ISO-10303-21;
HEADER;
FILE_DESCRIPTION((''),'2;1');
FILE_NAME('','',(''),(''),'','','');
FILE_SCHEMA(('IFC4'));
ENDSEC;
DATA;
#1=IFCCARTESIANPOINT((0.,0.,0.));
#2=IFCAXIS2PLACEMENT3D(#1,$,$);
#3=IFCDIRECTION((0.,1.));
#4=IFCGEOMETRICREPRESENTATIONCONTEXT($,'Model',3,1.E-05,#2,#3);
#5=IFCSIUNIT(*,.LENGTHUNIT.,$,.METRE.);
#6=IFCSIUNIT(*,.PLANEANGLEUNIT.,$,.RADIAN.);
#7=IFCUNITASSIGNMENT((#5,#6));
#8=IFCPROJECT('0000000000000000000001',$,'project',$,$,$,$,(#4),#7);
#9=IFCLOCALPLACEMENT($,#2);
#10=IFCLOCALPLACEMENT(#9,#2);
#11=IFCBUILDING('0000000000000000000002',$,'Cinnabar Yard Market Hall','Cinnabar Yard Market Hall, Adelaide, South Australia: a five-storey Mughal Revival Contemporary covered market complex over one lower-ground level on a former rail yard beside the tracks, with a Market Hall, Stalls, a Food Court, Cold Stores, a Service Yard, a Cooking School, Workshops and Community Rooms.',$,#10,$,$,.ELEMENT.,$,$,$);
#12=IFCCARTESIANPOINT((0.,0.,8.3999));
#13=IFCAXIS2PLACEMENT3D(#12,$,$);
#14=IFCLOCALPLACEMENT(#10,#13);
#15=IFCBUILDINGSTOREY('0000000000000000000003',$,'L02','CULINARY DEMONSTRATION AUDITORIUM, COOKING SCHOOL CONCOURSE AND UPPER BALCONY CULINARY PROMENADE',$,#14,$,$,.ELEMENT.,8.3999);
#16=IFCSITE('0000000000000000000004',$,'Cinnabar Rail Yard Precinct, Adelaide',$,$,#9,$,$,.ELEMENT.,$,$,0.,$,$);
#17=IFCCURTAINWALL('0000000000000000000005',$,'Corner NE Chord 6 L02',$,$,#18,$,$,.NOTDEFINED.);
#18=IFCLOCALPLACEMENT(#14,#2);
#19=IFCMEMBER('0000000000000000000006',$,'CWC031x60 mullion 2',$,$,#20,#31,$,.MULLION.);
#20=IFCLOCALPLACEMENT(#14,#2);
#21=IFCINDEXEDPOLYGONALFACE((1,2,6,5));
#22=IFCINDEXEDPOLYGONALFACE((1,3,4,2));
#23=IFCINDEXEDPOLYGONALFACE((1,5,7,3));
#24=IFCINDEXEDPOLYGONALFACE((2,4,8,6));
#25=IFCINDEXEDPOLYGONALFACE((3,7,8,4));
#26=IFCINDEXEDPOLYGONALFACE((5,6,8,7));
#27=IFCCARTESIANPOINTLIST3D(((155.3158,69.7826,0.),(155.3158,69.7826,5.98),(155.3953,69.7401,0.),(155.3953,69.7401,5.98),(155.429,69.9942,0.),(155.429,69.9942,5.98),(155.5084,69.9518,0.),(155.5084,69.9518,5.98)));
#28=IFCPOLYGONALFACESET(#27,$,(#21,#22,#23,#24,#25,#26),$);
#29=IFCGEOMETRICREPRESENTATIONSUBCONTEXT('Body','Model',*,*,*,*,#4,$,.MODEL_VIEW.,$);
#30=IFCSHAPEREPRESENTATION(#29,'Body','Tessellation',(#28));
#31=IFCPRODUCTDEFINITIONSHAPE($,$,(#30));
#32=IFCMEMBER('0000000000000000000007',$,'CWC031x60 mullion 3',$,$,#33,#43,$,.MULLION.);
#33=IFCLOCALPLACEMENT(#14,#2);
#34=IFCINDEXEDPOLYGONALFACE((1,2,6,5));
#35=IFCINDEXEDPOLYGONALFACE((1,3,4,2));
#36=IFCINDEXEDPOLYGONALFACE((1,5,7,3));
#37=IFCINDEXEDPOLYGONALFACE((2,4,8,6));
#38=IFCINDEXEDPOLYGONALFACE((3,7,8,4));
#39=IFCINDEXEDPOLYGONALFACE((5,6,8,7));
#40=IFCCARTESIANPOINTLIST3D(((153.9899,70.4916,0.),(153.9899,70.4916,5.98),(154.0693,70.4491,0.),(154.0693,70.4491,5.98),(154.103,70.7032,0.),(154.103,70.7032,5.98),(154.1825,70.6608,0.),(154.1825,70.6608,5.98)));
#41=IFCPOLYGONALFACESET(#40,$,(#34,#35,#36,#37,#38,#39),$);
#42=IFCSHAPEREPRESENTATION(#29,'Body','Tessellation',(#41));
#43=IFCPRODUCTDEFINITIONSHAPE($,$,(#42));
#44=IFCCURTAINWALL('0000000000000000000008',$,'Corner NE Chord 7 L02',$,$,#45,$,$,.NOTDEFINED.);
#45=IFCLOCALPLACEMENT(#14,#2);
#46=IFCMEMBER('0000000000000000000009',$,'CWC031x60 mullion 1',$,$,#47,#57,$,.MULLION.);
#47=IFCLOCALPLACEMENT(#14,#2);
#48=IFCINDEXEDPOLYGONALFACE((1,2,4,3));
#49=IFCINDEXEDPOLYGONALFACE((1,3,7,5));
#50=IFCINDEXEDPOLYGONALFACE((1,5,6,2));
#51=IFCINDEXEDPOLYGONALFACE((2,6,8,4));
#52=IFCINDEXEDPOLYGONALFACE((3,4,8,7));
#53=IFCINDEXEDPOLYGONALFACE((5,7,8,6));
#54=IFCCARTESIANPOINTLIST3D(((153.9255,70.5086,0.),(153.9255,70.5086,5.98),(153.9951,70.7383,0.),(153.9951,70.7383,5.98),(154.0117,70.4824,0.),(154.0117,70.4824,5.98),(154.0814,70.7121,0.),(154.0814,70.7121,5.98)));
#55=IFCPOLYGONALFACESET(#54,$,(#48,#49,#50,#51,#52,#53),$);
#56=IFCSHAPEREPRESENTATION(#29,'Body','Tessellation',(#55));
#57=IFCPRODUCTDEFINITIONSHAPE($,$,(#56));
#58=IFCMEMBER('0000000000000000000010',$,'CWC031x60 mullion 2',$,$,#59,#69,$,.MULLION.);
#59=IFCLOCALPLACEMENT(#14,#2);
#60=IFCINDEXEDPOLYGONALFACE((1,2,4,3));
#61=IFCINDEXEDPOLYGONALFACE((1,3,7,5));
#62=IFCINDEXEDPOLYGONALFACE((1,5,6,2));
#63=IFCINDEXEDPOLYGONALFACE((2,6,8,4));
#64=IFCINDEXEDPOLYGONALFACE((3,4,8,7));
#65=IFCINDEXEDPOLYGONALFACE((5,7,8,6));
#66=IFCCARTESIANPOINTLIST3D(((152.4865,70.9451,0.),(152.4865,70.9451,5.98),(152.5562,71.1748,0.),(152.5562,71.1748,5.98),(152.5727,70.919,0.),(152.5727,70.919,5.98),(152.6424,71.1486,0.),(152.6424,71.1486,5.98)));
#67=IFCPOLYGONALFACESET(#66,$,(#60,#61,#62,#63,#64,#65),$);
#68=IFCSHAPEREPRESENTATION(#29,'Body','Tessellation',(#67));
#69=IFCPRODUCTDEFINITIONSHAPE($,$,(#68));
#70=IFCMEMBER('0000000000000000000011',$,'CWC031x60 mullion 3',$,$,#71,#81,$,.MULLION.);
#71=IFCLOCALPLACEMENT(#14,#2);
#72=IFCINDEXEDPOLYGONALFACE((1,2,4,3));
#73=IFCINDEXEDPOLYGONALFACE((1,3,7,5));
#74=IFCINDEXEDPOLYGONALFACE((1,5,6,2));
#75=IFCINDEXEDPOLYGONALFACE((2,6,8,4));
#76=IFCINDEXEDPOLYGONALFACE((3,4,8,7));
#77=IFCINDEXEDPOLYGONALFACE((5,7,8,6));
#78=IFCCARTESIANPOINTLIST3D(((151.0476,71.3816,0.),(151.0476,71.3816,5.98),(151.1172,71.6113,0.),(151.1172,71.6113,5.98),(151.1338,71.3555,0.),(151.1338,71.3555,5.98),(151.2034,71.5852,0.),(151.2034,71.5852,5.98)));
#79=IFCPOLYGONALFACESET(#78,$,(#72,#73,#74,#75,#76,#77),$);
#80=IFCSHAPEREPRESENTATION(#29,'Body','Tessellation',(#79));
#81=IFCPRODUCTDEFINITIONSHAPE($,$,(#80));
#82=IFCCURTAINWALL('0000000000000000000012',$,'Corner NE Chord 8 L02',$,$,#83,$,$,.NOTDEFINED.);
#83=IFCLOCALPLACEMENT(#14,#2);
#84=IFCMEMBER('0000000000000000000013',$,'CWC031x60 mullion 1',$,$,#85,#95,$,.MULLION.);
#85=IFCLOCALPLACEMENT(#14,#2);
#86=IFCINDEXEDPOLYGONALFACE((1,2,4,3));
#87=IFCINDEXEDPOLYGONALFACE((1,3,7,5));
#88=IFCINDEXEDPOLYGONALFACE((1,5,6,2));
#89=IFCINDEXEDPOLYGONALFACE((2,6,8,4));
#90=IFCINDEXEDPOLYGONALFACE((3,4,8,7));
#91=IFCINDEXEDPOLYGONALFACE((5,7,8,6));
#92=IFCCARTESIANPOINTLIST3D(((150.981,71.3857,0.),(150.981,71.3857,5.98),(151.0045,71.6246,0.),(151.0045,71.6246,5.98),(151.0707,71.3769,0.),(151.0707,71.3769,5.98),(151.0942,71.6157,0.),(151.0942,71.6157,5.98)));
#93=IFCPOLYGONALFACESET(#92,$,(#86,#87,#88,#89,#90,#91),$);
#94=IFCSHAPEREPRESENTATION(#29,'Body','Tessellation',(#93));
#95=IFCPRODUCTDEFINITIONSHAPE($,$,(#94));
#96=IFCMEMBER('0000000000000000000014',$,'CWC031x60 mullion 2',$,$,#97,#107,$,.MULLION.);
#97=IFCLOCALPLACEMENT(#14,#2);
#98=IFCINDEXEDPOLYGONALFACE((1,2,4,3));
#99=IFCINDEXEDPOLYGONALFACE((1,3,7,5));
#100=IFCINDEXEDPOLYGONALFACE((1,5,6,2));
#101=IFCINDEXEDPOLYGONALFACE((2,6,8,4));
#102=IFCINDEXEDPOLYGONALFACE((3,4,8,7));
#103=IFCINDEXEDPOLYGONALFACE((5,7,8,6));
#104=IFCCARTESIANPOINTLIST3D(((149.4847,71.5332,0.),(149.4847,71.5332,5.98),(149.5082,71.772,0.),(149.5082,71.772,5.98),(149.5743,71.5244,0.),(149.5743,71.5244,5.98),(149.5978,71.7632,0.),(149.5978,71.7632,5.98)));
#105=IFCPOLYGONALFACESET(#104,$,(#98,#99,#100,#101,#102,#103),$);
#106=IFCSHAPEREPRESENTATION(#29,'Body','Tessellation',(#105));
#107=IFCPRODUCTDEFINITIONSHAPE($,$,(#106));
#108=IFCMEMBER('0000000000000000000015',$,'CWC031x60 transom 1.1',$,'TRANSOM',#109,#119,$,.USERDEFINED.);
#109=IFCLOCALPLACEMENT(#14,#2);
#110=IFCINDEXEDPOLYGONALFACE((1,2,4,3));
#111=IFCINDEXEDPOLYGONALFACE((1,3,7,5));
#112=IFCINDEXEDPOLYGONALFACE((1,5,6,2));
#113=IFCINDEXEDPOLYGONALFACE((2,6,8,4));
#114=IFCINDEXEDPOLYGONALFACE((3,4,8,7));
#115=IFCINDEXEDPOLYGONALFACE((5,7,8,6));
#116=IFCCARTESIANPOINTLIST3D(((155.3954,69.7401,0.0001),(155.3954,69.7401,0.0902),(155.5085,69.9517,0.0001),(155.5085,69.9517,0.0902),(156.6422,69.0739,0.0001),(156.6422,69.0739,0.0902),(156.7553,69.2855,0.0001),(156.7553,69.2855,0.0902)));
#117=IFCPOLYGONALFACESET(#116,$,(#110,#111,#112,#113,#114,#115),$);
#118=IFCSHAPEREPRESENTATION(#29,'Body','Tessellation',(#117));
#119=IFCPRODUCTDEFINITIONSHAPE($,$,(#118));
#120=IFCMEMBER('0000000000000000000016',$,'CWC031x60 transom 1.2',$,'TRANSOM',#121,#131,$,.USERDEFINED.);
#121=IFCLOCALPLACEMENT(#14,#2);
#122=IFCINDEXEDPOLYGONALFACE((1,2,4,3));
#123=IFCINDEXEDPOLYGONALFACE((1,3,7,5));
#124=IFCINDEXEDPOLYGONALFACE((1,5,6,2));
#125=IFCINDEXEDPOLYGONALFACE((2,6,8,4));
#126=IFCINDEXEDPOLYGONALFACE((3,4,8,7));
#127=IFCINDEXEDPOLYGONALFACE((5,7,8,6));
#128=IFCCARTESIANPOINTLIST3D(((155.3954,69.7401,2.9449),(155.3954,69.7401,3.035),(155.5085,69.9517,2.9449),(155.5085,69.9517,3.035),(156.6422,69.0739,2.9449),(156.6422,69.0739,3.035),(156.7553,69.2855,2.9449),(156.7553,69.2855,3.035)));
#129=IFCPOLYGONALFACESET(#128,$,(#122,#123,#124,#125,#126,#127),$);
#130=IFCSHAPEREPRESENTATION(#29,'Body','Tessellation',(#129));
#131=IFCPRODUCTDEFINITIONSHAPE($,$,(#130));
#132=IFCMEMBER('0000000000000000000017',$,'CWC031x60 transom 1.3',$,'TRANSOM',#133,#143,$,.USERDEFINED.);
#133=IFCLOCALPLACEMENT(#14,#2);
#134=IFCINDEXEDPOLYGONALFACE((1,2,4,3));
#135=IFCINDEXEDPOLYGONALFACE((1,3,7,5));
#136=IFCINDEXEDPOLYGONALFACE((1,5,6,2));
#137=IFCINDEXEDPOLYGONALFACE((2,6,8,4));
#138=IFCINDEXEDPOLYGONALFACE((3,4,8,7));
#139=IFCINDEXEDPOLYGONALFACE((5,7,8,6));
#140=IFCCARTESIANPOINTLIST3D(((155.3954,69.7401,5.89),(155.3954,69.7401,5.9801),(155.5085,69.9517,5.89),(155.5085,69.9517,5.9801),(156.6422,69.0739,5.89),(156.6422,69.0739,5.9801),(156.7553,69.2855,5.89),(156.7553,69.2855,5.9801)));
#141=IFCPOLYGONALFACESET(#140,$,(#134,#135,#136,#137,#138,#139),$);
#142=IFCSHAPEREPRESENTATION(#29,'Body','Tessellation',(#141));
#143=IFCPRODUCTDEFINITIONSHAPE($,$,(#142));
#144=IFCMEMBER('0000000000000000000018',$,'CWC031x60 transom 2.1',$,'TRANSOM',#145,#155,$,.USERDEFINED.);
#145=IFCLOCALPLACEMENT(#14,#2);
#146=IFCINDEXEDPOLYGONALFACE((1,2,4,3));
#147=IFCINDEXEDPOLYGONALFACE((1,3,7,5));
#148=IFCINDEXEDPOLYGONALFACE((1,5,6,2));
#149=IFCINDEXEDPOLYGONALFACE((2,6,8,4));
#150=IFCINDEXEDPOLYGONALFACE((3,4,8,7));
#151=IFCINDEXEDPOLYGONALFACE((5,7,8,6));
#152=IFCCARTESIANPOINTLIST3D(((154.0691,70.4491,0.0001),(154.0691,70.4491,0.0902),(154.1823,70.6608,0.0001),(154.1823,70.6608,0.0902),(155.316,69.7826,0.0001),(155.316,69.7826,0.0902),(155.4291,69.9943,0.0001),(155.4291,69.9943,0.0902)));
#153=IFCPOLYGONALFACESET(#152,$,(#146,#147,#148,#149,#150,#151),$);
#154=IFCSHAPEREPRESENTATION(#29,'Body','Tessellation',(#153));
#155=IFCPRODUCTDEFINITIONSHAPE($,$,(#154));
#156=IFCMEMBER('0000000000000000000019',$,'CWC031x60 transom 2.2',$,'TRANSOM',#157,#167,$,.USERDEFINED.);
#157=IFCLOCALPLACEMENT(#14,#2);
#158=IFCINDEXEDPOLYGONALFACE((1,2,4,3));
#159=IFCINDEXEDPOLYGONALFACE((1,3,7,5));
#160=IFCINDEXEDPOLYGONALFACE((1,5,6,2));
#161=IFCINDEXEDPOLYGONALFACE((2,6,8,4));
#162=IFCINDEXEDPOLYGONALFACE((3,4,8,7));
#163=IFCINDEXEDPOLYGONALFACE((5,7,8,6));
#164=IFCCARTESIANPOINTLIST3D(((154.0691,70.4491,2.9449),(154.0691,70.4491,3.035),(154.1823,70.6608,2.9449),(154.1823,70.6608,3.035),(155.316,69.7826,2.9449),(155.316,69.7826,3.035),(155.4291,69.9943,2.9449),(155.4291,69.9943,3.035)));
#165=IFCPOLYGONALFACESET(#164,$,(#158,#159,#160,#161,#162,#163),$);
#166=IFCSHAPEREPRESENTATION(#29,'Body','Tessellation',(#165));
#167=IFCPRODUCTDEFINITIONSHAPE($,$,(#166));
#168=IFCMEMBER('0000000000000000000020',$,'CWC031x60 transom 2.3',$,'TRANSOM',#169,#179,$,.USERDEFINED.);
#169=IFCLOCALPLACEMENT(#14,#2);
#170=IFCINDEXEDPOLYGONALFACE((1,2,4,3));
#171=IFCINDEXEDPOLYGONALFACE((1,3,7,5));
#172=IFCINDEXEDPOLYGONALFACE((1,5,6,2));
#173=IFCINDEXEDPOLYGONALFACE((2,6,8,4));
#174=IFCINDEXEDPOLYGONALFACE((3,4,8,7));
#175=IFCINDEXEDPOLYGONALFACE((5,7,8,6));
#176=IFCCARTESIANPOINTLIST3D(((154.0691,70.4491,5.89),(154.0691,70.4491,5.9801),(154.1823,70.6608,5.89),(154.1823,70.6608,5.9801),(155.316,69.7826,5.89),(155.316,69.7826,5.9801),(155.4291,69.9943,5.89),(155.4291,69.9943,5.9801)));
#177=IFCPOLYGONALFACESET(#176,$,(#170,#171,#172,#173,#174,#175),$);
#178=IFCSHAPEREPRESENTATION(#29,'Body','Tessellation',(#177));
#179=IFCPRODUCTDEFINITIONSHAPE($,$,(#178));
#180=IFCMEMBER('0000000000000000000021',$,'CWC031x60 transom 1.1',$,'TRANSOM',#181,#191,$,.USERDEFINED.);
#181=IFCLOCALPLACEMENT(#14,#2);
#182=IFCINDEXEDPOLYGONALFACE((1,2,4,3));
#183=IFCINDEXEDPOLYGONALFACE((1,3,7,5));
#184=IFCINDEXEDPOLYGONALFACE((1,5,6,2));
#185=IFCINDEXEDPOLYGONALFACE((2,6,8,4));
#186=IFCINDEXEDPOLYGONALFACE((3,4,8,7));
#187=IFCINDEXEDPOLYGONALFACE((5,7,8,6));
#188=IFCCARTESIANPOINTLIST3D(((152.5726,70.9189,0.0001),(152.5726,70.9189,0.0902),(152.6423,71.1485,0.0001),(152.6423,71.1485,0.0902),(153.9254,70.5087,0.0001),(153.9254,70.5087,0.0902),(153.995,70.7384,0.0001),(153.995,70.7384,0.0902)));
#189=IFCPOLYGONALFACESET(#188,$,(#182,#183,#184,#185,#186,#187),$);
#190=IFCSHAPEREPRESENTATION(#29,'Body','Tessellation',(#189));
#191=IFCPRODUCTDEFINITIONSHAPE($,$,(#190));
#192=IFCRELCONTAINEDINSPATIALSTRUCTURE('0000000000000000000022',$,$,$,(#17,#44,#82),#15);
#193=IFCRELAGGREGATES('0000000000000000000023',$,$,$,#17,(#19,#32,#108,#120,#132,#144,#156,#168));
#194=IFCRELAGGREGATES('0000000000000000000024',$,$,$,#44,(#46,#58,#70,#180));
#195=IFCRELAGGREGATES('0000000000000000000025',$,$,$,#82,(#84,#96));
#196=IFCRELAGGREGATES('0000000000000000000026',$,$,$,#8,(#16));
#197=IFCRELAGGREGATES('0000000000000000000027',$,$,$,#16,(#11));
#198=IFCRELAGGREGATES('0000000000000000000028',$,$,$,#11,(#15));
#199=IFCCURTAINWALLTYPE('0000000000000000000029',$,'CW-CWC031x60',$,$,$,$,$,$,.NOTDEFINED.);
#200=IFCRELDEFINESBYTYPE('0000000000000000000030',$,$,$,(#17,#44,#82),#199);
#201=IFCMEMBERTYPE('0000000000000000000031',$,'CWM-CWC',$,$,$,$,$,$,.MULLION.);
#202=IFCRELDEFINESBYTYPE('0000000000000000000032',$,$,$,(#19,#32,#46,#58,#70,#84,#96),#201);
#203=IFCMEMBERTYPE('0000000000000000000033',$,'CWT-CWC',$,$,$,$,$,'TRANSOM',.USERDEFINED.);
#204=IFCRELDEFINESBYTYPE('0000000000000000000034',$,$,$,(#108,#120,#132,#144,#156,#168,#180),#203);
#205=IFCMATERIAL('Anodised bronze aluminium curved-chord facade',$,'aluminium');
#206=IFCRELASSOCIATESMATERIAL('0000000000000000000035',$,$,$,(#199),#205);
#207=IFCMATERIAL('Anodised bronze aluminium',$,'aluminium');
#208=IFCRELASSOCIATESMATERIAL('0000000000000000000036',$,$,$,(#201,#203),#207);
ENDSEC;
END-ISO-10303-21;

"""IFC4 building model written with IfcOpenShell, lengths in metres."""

from ifc_helpers import new_model, si_unit, direction, frame, origin, origin_2d_with_axis, place, context, subcontext, project, spatial, rectangle, extrude, material, material_profile, profile_set, type_object, element, aggregate, save


model = new_model("IFC4")

# Units and contexts
model_context = context("Model", 3, precision=1e-05, world=origin(), true_north=direction((0.0, 1.0)))
body_context = subcontext(model_context, "Body", "Model", "MODEL_VIEW")
ifc_project = project(units=[si_unit("LENGTHUNIT", "METRE"), si_unit("PLANEANGLEUNIT", "RADIAN")], contexts=[model_context])

# Site, building, storey
site_placement = place(None, origin())
site = spatial("IfcSite", under=ifc_project, at=site_placement, Name="Cinnabar Rail Yard Precinct, Adelaide", CompositionType="ELEMENT", RefElevation=0.0)
building_placement = place(site_placement, origin())
building = spatial("IfcBuilding", under=site, at=building_placement, Name="Cinnabar Yard Market Hall", Description="Cinnabar Yard Market Hall, Adelaide, South Australia: a five-storey Mughal Revival Contemporary covered market complex over one lower-ground level on a former rail yard beside the tracks, with a Market Hall, Stalls, a Food Court, Cold Stores, a Service Yard, a Cooking School, Workshops and Community Rooms.", CompositionType="ELEMENT")
storey_placement = place(building_placement, frame((0.0, 0.0, 8.3999)))
storey = spatial("IfcBuildingStorey", under=building, at=storey_placement, Name="L02", Description="CULINARY DEMONSTRATION AUDITORIUM, COOKING SCHOOL CONCOURSE AND UPPER BALCONY CULINARY PROMENADE", CompositionType="ELEMENT", Elevation=8.3999)

# Curtain walls, members
ifc_material_1 = material(Name="Anodised bronze aluminium curved-chord facade", Category="aluminium")
curtain_wall_type = type_object("IfcCurtainWallType", Name="CW-CWC031x60", PredefinedType="NOTDEFINED", material=ifc_material_1)
curtain_wall_1_placement = place(storey_placement, origin())
curtain_wall_1 = element("IfcCurtainWall", 1, at=curtain_wall_1_placement, inside=storey, type_object=curtain_wall_type, Name="Corner NE Chord 6 L02", PredefinedType="NOTDEFINED")
ifc_material_2 = material(Name="Anodised bronze aluminium", Category="aluminium")
ifc_material_profile_1 = material_profile(ifc_material_2, rectangle(XDim=0.24, YDim=0.0901, at=origin_2d_with_axis()), Name="MUL-CWC")
ifc_profile_set_1 = profile_set([ifc_material_profile_1], Name="Anodised bronze aluminium")
member_type_1 = type_object("IfcMemberType", Name="CWM-CWC", PredefinedType="MULLION", material=ifc_profile_set_1)
member_1_placement = place(storey_placement, frame((155.4121, 69.8672, 0.0), z_axis=(0.0, 0.0, 1.0), x_axis=(-0.471404, -0.881917, 0.0)))
member_1 = element("IfcMember", 2, at=member_1_placement, type_object=member_type_1, Name="CWC031x60 mullion 2", PredefinedType="MULLION", context=body_context, shape_type="SweptSolid", body=[
    extrude(rectangle(XDim=0.24, YDim=0.0901, at=origin_2d_with_axis()), origin(), (0.0, 0.0, 1.0), 5.98),
])
member_2_placement = place(storey_placement, frame((154.0862, 70.5762, 0.0), z_axis=(0.0, 0.0, 1.0), x_axis=(-0.471404, -0.881917, 0.0)))
member_2 = element("IfcMember", 3, at=member_2_placement, type_object=member_type_1, Name="CWC031x60 mullion 3", PredefinedType="MULLION", context=body_context, shape_type="SweptSolid", body=[
    extrude(rectangle(XDim=0.24, YDim=0.0901, at=origin_2d_with_axis()), origin(), (0.0, 0.0, 1.0), 5.98),
])
curtain_wall_2_placement = place(storey_placement, origin())
curtain_wall_2 = element("IfcCurtainWall", 4, at=curtain_wall_2_placement, inside=storey, type_object=curtain_wall_type, Name="Corner NE Chord 7 L02", PredefinedType="NOTDEFINED")
member_3_placement = place(storey_placement, frame((154.0034, 70.6104, 0.0), z_axis=(0.0, 0.0, 1.0), x_axis=(-0.290279, -0.956942, 0.0)))
member_3 = element("IfcMember", 5, at=member_3_placement, type_object=member_type_1, Name="CWC031x60 mullion 1", PredefinedType="MULLION", context=body_context, shape_type="SweptSolid", body=[
    extrude(rectangle(XDim=0.24, YDim=0.0901, at=origin_2d_with_axis()), origin(), (0.0, 0.0, 1.0), 5.98),
])
member_4_placement = place(storey_placement, frame((152.5645, 71.0469, 0.0), z_axis=(0.0, 0.0, 1.0), x_axis=(-0.290279, -0.956942, 0.0)))
member_4 = element("IfcMember", 6, at=member_4_placement, type_object=member_type_1, Name="CWC031x60 mullion 2", PredefinedType="MULLION", context=body_context, shape_type="SweptSolid", body=[
    extrude(rectangle(XDim=0.24, YDim=0.0901, at=origin_2d_with_axis()), origin(), (0.0, 0.0, 1.0), 5.98),
])
member_5_placement = place(storey_placement, frame((151.1255, 71.4834, 0.0), z_axis=(0.0, 0.0, 1.0), x_axis=(-0.290279, -0.956942, 0.0)))
member_5 = element("IfcMember", 7, at=member_5_placement, type_object=member_type_1, Name="CWC031x60 mullion 3", PredefinedType="MULLION", context=body_context, shape_type="SweptSolid", body=[
    extrude(rectangle(XDim=0.24, YDim=0.0901, at=origin_2d_with_axis()), origin(), (0.0, 0.0, 1.0), 5.98),
])
curtain_wall_3_placement = place(storey_placement, origin())
curtain_wall_3 = element("IfcCurtainWall", 8, at=curtain_wall_3_placement, inside=storey, type_object=curtain_wall_type, Name="Corner NE Chord 8 L02", PredefinedType="NOTDEFINED")
member_6_placement = place(storey_placement, frame((151.0376, 71.5007, 0.0), z_axis=(0.0, 0.0, 1.0), x_axis=(-0.09802, -0.995184, 0.0)))
member_6 = element("IfcMember", 9, at=member_6_placement, type_object=member_type_1, Name="CWC031x60 mullion 1", PredefinedType="MULLION", context=body_context, shape_type="SweptSolid", body=[
    extrude(rectangle(XDim=0.24, YDim=0.0901, at=origin_2d_with_axis()), origin(), (0.0, 0.0, 1.0), 5.98),
])
member_7_placement = place(storey_placement, frame((149.5413, 71.6482, 0.0), z_axis=(0.0, 0.0, 1.0), x_axis=(-0.09802, -0.995184, 0.0)))
member_7 = element("IfcMember", 10, at=member_7_placement, type_object=member_type_1, Name="CWC031x60 mullion 2", PredefinedType="MULLION", context=body_context, shape_type="SweptSolid", body=[
    extrude(rectangle(XDim=0.24, YDim=0.0901, at=origin_2d_with_axis()), origin(), (0.0, 0.0, 1.0), 5.98),
])

# Members
ifc_material_profile_2 = material_profile(ifc_material_2, rectangle(XDim=0.24, YDim=0.0901, at=origin_2d_with_axis()), Name="TRN-CWC")
ifc_profile_set_2 = profile_set([ifc_material_profile_2], Name="Anodised bronze aluminium")
member_type_2 = type_object("IfcMemberType", Name="CWT-CWC", ElementType="TRANSOM", PredefinedType="USERDEFINED", material=ifc_profile_set_2)
member_8_placement = place(storey_placement, frame((156.6987, 69.1797, 0.0452), z_axis=(-0.881975, 0.471296, 0.0), x_axis=(-0.471296, -0.881975, 0.0)))
member_8 = element("IfcMember", 11, at=member_8_placement, type_object=member_type_2, Name="CWC031x60 transom 1.1", ObjectType="TRANSOM", PredefinedType="USERDEFINED", context=body_context, shape_type="SweptSolid", body=[
    extrude(rectangle(XDim=0.24, YDim=0.0901, at=origin_2d_with_axis()), origin(), (0.0, 0.0, 1.0), 1.4136),
])
member_9_placement = place(storey_placement, frame((156.6987, 69.1797, 2.99), z_axis=(-0.881975, 0.471296, 0.0), x_axis=(-0.471296, -0.881975, 0.0)))
member_9 = element("IfcMember", 12, at=member_9_placement, type_object=member_type_2, Name="CWC031x60 transom 1.2", ObjectType="TRANSOM", PredefinedType="USERDEFINED", context=body_context, shape_type="SweptSolid", body=[
    extrude(rectangle(XDim=0.24, YDim=0.0901, at=origin_2d_with_axis()), origin(), (0.0, 0.0, 1.0), 1.4136),
])
member_10_placement = place(storey_placement, frame((156.6987, 69.1797, 5.9351), z_axis=(-0.881975, 0.471296, 0.0), x_axis=(-0.471296, -0.881975, 0.0)))
member_10 = element("IfcMember", 13, at=member_10_placement, type_object=member_type_2, Name="CWC031x60 transom 1.3", ObjectType="TRANSOM", PredefinedType="USERDEFINED", context=body_context, shape_type="SweptSolid", body=[
    extrude(rectangle(XDim=0.24, YDim=0.0901, at=origin_2d_with_axis()), origin(), (0.0, 0.0, 1.0), 1.4136),
])
member_11_placement = place(storey_placement, frame((155.3726, 69.8884, 0.0452), z_axis=(-0.881903, 0.471431, 0.0), x_axis=(-0.471431, -0.881903, 0.0)))
member_11 = element("IfcMember", 14, at=member_11_placement, type_object=member_type_2, Name="CWC031x60 transom 2.1", ObjectType="TRANSOM", PredefinedType="USERDEFINED", context=body_context, shape_type="SweptSolid", body=[
    extrude(rectangle(XDim=0.24, YDim=0.0901, at=origin_2d_with_axis()), origin(), (0.0, 0.0, 1.0), 1.4138),
])
member_12_placement = place(storey_placement, frame((155.3726, 69.8884, 2.99), z_axis=(-0.881903, 0.471431, 0.0), x_axis=(-0.471431, -0.881903, 0.0)))
member_12 = element("IfcMember", 15, at=member_12_placement, type_object=member_type_2, Name="CWC031x60 transom 2.2", ObjectType="TRANSOM", PredefinedType="USERDEFINED", context=body_context, shape_type="SweptSolid", body=[
    extrude(rectangle(XDim=0.24, YDim=0.0901, at=origin_2d_with_axis()), origin(), (0.0, 0.0, 1.0), 1.4138),
])
member_13_placement = place(storey_placement, frame((155.3726, 69.8884, 5.9351), z_axis=(-0.881903, 0.471431, 0.0), x_axis=(-0.471431, -0.881903, 0.0)))
member_13 = element("IfcMember", 16, at=member_13_placement, type_object=member_type_2, Name="CWC031x60 transom 2.3", ObjectType="TRANSOM", PredefinedType="USERDEFINED", context=body_context, shape_type="SweptSolid", body=[
    extrude(rectangle(XDim=0.24, YDim=0.0901, at=origin_2d_with_axis()), origin(), (0.0, 0.0, 1.0), 1.4138),
])
member_14_placement = place(storey_placement, frame((153.9602, 70.6235, 0.0452), z_axis=(-0.956981, 0.290151, 0.0), x_axis=(-0.290151, -0.956981, 0.0)))
member_14 = element("IfcMember", 17, at=member_14_placement, type_object=member_type_2, Name="CWC031x60 transom 1.1", ObjectType="TRANSOM", PredefinedType="USERDEFINED", context=body_context, shape_type="SweptSolid", body=[
    extrude(rectangle(XDim=0.24, YDim=0.0901, at=origin_2d_with_axis()), origin(), (0.0, 0.0, 1.0), 1.4136),
])

aggregate(curtain_wall_1, [member_1, member_2, member_8, member_9, member_10, member_11, member_12, member_13])
aggregate(curtain_wall_2, [member_3, member_4, member_5, member_14])
aggregate(curtain_wall_3, [member_6, member_7])

save(model, "model.ifc")
